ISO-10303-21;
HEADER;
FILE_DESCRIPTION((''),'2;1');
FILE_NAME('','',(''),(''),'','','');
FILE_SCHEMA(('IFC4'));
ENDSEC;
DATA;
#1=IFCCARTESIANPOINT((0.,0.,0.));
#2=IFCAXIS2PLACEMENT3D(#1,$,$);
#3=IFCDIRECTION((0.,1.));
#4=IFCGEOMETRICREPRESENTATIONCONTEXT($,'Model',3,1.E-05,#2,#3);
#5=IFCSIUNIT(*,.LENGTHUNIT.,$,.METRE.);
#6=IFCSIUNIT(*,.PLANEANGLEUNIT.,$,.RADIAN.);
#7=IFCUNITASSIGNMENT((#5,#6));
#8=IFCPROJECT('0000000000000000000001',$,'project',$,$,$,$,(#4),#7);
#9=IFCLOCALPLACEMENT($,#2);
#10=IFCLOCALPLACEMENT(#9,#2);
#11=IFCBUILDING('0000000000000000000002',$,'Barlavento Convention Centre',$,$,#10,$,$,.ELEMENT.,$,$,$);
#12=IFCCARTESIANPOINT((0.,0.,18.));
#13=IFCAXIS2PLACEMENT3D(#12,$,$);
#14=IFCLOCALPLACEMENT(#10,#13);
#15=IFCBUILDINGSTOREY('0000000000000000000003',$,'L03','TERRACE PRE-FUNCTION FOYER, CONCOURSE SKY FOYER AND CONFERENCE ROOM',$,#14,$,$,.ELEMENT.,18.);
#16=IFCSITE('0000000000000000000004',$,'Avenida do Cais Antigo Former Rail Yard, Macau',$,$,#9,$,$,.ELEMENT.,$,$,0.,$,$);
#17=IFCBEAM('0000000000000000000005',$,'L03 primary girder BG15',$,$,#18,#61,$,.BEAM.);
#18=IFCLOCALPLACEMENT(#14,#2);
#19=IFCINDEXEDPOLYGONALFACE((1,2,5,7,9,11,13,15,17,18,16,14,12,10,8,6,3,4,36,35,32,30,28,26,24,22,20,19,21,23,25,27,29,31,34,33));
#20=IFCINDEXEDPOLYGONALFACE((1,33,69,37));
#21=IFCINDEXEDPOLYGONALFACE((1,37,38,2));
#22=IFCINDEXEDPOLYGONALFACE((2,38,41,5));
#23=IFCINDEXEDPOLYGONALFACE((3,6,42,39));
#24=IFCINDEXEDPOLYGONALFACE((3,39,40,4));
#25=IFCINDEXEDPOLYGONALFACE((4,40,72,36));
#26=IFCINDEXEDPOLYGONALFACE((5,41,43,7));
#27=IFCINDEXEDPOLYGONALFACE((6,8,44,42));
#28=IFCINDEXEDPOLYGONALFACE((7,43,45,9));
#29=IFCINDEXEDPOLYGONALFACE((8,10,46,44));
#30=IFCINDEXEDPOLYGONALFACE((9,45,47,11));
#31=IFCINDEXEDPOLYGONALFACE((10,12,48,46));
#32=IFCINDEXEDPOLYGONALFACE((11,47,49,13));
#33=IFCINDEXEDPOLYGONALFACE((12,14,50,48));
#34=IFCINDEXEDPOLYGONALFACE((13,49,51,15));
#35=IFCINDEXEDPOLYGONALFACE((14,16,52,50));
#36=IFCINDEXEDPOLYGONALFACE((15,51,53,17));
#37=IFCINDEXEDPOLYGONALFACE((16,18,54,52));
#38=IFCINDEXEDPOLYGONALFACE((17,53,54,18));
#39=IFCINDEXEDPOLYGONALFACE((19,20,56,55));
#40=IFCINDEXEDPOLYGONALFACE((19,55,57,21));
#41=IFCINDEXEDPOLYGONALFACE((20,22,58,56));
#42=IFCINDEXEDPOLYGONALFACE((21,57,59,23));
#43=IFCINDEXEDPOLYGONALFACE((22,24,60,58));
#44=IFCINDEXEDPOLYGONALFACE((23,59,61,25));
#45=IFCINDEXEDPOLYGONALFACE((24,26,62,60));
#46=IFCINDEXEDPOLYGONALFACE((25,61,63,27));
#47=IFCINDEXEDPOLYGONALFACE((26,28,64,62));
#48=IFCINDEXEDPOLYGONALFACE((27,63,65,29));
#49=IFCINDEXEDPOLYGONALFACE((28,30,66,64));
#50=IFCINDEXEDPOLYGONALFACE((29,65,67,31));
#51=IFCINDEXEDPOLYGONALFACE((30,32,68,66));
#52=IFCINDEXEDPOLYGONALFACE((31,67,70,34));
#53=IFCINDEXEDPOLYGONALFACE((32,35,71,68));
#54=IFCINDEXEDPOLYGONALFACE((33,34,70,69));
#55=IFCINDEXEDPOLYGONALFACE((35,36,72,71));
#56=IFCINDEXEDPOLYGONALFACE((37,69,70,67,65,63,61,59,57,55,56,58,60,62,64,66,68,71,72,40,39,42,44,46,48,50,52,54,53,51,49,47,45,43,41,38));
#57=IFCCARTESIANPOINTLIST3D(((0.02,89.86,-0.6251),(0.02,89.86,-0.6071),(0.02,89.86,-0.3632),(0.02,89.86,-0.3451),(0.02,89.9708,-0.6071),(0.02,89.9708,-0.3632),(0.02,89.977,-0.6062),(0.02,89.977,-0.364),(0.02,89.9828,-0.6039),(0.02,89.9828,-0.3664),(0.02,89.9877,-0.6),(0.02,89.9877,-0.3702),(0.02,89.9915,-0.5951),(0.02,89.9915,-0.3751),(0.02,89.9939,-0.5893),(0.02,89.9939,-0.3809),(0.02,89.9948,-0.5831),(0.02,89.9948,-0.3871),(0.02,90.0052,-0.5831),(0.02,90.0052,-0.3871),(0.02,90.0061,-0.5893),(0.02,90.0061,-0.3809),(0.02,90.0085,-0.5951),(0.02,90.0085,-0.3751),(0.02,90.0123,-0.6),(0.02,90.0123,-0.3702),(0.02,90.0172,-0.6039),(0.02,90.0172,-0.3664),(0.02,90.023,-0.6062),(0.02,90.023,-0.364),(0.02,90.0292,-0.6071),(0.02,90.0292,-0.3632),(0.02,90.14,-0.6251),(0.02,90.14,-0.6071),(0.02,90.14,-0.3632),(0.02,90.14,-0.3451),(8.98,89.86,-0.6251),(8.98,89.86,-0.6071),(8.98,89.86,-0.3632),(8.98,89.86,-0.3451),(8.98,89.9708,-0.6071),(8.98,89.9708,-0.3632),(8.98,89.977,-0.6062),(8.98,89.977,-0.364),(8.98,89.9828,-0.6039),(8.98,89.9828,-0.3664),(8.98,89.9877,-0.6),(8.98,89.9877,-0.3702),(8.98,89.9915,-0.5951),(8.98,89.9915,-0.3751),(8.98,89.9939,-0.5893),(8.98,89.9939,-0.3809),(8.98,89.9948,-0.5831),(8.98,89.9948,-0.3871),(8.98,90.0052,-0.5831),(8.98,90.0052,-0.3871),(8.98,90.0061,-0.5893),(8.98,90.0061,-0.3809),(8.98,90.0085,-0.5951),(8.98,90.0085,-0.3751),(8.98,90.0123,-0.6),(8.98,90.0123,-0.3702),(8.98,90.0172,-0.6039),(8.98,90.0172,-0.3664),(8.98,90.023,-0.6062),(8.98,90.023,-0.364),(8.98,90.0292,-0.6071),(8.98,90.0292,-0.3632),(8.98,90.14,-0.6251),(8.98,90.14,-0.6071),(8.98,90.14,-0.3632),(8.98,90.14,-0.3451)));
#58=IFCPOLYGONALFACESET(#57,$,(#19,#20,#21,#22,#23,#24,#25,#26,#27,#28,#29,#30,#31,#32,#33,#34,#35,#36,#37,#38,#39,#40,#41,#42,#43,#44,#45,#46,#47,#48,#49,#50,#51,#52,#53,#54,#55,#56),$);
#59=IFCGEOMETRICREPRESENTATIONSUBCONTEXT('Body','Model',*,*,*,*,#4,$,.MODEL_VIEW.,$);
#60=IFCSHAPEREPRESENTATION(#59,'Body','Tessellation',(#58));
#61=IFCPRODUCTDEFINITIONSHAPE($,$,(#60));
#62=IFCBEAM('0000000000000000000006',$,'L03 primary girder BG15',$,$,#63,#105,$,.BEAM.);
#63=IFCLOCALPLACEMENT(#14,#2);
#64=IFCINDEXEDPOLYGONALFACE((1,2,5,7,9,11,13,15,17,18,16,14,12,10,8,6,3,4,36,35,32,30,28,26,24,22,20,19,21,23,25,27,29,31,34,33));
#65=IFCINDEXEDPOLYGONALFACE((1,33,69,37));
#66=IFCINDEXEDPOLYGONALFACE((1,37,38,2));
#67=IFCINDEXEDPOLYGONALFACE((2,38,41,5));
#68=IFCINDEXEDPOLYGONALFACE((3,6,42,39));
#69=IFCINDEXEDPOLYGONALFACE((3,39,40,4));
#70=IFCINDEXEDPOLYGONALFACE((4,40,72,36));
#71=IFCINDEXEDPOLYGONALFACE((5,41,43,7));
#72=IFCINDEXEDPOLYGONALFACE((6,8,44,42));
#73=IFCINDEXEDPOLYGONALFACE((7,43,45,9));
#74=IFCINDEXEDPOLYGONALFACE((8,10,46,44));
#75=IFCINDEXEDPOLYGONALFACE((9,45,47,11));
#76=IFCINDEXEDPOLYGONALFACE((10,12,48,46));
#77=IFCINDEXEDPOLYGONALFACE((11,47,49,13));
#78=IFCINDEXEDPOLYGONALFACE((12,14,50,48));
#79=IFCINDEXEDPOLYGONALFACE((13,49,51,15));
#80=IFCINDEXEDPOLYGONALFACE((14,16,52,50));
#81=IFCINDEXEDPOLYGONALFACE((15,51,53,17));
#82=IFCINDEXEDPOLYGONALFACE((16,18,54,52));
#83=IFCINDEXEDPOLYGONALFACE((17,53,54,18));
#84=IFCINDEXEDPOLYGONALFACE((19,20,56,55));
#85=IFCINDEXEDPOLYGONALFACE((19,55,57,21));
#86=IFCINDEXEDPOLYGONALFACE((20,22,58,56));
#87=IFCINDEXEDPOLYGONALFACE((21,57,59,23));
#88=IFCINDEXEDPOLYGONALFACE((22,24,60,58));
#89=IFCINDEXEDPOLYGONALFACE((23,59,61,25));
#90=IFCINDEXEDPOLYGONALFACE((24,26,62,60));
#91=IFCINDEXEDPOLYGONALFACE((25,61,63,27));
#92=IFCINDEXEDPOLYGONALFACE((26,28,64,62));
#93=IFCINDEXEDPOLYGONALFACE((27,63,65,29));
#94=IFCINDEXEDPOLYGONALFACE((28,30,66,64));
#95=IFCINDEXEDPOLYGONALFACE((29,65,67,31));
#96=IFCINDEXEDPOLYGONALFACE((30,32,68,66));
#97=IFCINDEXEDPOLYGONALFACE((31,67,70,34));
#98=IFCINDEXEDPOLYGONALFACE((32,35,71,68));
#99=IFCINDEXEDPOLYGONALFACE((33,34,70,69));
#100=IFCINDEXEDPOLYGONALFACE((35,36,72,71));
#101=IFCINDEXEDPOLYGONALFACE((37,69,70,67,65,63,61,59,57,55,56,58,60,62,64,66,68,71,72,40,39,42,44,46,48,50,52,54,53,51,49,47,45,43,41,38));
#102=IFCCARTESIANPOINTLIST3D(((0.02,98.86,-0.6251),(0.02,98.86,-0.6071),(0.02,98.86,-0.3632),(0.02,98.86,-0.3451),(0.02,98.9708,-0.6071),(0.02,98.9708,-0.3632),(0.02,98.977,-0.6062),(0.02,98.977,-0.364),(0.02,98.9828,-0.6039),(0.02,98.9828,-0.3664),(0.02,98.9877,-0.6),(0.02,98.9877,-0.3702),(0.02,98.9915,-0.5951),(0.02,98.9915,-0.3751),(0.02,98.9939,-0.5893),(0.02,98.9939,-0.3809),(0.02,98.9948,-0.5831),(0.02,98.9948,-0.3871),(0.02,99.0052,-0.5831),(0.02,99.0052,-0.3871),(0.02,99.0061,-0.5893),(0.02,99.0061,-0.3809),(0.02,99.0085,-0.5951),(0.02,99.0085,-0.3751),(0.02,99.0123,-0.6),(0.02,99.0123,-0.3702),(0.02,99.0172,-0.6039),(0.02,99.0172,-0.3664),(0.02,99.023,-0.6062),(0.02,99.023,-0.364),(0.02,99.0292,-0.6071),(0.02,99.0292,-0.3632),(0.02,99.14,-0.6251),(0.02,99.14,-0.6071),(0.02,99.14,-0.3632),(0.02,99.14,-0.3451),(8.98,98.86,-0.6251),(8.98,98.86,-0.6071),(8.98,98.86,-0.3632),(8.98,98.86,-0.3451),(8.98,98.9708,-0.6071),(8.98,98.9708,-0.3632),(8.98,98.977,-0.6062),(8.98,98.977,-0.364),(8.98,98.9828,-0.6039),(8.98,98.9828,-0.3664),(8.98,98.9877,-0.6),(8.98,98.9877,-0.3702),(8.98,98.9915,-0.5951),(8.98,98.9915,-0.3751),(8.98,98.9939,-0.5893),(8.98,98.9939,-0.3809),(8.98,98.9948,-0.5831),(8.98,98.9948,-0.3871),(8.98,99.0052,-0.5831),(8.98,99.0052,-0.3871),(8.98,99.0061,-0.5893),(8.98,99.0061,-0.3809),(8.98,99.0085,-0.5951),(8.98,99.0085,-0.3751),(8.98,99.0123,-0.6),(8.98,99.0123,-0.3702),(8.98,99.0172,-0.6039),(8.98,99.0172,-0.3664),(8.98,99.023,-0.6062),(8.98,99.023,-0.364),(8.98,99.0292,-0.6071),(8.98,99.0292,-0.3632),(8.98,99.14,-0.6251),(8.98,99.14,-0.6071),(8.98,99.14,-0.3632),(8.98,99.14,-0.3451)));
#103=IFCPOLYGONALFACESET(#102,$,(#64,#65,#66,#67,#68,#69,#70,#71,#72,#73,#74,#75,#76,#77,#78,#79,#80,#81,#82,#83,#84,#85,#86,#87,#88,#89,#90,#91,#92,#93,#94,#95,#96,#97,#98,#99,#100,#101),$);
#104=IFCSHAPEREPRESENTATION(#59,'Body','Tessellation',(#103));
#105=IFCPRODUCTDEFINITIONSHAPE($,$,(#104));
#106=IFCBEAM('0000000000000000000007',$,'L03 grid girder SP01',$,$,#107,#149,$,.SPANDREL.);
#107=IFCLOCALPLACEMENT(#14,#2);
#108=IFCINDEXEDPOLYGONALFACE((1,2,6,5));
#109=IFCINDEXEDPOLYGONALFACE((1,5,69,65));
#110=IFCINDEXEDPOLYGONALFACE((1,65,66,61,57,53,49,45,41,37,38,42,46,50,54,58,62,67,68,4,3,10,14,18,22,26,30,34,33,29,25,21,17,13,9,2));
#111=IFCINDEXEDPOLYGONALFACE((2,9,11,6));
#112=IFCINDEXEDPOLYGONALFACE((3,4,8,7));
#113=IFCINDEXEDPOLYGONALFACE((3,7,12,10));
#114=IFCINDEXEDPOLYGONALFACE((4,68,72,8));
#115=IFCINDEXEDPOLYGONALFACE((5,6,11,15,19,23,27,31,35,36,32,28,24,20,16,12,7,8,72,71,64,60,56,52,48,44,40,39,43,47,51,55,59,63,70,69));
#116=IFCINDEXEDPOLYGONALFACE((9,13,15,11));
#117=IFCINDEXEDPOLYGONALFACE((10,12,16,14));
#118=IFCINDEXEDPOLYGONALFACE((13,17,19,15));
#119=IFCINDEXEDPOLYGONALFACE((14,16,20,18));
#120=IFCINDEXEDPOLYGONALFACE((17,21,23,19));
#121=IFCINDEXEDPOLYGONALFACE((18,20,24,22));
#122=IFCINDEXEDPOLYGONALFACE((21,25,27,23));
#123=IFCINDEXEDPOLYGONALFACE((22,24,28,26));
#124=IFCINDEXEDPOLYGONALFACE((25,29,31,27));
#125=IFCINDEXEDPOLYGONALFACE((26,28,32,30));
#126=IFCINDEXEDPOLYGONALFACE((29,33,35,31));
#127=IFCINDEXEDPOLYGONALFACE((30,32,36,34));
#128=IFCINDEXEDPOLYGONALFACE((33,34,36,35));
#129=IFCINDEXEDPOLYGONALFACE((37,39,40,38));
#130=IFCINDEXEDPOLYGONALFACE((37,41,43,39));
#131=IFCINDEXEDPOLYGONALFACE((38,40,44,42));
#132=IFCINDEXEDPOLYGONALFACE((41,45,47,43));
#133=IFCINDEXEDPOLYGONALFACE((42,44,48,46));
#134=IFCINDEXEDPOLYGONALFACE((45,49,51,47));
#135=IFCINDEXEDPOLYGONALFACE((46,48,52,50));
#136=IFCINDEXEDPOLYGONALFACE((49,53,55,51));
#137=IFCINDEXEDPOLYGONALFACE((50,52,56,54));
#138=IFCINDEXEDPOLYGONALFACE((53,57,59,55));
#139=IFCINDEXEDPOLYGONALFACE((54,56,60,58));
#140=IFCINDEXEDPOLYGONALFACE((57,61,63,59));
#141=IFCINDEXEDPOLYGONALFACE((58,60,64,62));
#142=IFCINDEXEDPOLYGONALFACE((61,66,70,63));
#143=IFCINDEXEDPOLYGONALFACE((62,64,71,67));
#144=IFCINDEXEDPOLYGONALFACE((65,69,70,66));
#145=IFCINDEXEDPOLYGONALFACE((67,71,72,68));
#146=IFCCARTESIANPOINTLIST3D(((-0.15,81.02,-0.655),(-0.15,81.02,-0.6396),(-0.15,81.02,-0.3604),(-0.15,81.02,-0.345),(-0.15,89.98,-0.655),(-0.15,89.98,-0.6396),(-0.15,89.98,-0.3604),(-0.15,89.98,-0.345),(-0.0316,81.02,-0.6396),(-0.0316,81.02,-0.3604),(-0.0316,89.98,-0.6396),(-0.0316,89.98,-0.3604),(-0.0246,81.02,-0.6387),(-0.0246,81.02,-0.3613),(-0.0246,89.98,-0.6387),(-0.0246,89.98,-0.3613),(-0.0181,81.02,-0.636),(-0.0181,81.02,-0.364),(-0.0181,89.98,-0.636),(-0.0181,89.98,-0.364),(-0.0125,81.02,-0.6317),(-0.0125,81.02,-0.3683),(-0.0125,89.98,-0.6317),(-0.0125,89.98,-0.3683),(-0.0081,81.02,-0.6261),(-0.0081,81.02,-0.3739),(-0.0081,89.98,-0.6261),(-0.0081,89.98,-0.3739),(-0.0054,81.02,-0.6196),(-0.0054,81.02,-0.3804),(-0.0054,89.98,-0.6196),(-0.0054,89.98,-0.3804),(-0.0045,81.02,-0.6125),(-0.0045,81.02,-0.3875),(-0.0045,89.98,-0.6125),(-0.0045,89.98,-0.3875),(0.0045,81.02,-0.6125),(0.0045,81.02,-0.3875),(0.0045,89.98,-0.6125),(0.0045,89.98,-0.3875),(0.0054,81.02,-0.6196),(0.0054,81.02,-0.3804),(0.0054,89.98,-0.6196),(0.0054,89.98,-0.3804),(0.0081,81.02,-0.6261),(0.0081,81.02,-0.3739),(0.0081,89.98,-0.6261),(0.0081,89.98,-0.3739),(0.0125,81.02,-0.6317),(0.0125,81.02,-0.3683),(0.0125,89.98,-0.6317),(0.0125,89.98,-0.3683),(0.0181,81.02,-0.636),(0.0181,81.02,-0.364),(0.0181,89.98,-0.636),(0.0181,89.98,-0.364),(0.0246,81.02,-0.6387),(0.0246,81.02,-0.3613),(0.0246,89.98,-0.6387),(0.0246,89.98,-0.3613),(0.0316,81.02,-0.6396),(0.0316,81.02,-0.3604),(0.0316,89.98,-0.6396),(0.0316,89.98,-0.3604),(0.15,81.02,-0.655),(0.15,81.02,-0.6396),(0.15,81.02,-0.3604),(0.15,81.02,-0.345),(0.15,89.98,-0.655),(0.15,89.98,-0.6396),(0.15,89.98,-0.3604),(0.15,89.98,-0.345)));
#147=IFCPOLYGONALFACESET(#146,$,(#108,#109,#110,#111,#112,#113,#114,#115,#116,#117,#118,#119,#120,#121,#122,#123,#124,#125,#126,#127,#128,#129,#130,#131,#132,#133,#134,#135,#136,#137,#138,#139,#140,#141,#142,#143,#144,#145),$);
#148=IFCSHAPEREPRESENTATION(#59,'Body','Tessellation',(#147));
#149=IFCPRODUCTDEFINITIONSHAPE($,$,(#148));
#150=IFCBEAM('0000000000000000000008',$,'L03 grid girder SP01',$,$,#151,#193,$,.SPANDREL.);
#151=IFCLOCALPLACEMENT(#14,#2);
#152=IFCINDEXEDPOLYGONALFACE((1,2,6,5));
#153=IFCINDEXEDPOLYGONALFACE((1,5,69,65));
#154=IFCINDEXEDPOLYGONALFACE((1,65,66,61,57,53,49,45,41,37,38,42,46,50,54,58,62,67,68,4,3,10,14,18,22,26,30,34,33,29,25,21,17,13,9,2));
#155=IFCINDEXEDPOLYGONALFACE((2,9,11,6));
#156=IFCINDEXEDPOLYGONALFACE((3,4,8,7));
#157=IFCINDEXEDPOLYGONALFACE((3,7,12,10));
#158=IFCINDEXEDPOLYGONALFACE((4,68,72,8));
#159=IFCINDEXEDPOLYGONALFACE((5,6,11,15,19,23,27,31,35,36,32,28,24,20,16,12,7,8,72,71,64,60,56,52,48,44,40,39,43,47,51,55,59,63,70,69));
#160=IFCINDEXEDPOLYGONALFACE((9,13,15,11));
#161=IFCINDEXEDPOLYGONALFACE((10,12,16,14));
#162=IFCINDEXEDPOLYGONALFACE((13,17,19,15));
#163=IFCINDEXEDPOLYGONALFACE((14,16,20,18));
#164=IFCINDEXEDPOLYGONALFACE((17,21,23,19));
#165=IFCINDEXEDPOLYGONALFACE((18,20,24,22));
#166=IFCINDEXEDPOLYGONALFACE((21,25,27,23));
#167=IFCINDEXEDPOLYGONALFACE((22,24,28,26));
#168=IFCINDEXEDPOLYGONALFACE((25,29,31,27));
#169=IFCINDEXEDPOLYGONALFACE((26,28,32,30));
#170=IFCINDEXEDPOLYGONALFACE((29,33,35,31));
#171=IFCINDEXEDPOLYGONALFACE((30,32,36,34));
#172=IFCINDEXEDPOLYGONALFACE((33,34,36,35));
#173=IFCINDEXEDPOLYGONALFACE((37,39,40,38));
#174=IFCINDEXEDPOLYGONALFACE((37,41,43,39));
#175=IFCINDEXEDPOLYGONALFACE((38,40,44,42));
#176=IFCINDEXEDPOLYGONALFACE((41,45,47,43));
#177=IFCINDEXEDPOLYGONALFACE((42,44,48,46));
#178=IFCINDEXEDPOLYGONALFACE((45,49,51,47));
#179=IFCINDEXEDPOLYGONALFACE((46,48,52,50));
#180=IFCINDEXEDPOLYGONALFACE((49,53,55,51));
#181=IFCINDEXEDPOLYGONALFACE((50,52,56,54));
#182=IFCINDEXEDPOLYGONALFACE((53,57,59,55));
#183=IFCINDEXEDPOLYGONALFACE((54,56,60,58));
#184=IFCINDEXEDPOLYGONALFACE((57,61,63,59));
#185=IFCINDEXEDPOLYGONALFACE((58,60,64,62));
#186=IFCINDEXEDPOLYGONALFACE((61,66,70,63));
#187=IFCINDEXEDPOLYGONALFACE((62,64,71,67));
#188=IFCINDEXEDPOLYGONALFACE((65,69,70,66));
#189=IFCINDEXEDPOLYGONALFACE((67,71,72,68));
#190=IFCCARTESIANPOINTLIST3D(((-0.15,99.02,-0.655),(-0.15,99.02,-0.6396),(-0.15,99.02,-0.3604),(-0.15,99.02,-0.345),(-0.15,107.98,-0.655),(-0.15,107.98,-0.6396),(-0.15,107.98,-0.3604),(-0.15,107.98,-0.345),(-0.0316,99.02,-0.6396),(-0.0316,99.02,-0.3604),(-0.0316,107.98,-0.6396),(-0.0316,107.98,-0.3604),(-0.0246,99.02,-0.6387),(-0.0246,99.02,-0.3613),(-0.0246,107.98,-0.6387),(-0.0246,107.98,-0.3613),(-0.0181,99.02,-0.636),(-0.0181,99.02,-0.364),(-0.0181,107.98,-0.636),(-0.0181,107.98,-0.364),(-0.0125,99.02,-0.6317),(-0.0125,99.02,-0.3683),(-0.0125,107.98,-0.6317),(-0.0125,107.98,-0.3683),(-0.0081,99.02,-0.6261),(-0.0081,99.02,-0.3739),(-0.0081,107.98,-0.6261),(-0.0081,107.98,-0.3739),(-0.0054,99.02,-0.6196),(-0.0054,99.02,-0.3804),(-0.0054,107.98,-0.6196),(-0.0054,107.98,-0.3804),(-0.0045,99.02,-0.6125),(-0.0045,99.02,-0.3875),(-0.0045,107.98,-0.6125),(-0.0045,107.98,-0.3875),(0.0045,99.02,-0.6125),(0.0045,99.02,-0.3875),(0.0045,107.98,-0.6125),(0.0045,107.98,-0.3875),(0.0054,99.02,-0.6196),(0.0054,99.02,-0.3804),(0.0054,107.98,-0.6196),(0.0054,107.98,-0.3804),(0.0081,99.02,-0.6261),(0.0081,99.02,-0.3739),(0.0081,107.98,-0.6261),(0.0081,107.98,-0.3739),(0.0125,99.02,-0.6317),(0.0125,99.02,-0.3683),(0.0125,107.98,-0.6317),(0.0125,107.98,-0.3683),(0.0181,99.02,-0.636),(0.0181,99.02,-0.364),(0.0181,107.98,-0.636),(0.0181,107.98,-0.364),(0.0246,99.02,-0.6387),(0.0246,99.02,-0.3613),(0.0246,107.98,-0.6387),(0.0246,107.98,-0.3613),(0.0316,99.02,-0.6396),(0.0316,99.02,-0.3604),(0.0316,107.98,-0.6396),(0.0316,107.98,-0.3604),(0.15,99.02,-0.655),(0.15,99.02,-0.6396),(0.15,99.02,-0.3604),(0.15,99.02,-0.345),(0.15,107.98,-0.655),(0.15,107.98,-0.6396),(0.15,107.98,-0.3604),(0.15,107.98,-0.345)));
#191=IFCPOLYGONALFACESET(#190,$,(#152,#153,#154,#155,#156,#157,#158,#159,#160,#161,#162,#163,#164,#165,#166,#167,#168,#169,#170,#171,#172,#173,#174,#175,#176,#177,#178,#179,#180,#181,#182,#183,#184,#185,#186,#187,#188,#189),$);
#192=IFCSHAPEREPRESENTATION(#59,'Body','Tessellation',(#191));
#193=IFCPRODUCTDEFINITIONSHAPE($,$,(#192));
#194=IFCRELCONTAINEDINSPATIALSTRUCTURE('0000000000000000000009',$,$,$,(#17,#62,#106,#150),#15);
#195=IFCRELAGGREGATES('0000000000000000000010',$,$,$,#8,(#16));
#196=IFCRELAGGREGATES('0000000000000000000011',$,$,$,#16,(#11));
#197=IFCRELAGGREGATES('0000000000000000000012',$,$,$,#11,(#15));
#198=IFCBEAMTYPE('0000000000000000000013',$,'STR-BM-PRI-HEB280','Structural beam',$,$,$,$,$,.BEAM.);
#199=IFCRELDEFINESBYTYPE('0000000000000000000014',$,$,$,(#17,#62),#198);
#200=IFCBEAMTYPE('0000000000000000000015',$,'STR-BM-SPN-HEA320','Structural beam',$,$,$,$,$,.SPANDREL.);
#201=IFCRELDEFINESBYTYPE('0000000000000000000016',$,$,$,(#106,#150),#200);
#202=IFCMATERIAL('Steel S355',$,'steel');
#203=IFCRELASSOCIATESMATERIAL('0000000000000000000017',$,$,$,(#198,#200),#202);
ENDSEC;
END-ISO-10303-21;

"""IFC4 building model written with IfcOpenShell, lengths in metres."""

from ifc_helpers import new_model, si_unit, direction, frame, origin, origin_2d, place, context, subcontext, project, spatial, i_section, extrude, material, material_profile, profile_set, type_object, element, save


model = new_model("IFC4")

# Units and contexts
model_context = context("Model", 3, precision=1e-05, world=origin(), true_north=direction((0.0, 1.0)))
body_context = subcontext(model_context, "Body", "Model", "MODEL_VIEW")
ifc_project = project(units=[si_unit("LENGTHUNIT", "METRE"), si_unit("PLANEANGLEUNIT", "RADIAN")], contexts=[model_context])

# Site, building, storey
site_placement = place(None, origin())
site = spatial("IfcSite", under=ifc_project, at=site_placement, Name="Avenida do Cais Antigo Former Rail Yard, Macau", CompositionType="ELEMENT", RefElevation=0.0)
building_placement = place(site_placement, origin())
building = spatial("IfcBuilding", under=site, at=building_placement, Name="Barlavento Convention Centre", CompositionType="ELEMENT")
storey_placement = place(building_placement, frame((0.0, 0.0, 18.0)))
storey = spatial("IfcBuildingStorey", under=building, at=storey_placement, Name="L03", Description="TERRACE PRE-FUNCTION FOYER, CONCOURSE SKY FOYER AND CONFERENCE ROOM", CompositionType="ELEMENT", Elevation=18.0)

# Beams
ifc_material_1 = material(Name="Steel S355", Category="steel")
ifc_material_profile_1 = material_profile(ifc_material_1, i_section(OverallWidth=0.28, OverallDepth=0.28, WebThickness=0.0105, FlangeThickness=0.0181, FilletRadius=0.0239, at=origin_2d()), Name="HEB 280")
ifc_profile_set_1 = profile_set([ifc_material_profile_1], Name="Steel S355")
beam_type_1 = type_object("IfcBeamType", Name="STR-BM-PRI-HEB280", Description="Structural beam", PredefinedType="BEAM", material=ifc_profile_set_1)
for number, where, z_axis, x_axis, name in (
    (1, (0.02, 90.0, -0.4851), (1.0, 0.0, 0.0), (0.0, 1.0, 0.0), "L03 primary girder BG15"),
    (2, (0.02, 99.0, -0.4851), (1.0, 0.0, 0.0), (0.0, 1.0, 0.0), "L03 primary girder BG15"),
):
    element("IfcBeam", number, at=place(storey_placement, frame(where, z_axis=z_axis, x_axis=x_axis)), inside=storey, type_object=beam_type_1, Name=name, PredefinedType="BEAM", context=body_context, shape_type="SweptSolid", body=[
        extrude(i_section(OverallWidth=0.28, OverallDepth=0.28, WebThickness=0.0105, FlangeThickness=0.0181, FilletRadius=0.0239, at=origin_2d()), origin(), (0.0, 0.0, 1.0), 8.96),
    ])
ifc_material_profile_2 = material_profile(ifc_material_1, i_section(OverallWidth=0.3, OverallDepth=0.3101, WebThickness=0.009, FlangeThickness=0.0154, FilletRadius=0.0271, at=origin_2d()), Name="HEA 320")
ifc_profile_set_2 = profile_set([ifc_material_profile_2], Name="Steel S355")
beam_type_2 = type_object("IfcBeamType", Name="STR-BM-SPN-HEA320", Description="Structural beam", PredefinedType="SPANDREL", material=ifc_profile_set_2)
for number, where, z_axis, x_axis, name in (
    (3, (0.0, 81.02, -0.5), (0.0, 1.0, 0.0), (-1.0, 0.0, 0.0), "L03 grid girder SP01"),
    (4, (0.0, 99.02, -0.5), (0.0, 1.0, 0.0), (-1.0, 0.0, 0.0), "L03 grid girder SP01"),
):
    element("IfcBeam", number, at=place(storey_placement, frame(where, z_axis=z_axis, x_axis=x_axis)), inside=storey, type_object=beam_type_2, Name=name, PredefinedType="SPANDREL", context=body_context, shape_type="SweptSolid", body=[
        extrude(i_section(OverallWidth=0.3, OverallDepth=0.3101, WebThickness=0.009, FlangeThickness=0.0154, FilletRadius=0.0271, at=origin_2d()), origin(), (0.0, 0.0, 1.0), 8.96),
    ])

save(model, "model.ifc")
